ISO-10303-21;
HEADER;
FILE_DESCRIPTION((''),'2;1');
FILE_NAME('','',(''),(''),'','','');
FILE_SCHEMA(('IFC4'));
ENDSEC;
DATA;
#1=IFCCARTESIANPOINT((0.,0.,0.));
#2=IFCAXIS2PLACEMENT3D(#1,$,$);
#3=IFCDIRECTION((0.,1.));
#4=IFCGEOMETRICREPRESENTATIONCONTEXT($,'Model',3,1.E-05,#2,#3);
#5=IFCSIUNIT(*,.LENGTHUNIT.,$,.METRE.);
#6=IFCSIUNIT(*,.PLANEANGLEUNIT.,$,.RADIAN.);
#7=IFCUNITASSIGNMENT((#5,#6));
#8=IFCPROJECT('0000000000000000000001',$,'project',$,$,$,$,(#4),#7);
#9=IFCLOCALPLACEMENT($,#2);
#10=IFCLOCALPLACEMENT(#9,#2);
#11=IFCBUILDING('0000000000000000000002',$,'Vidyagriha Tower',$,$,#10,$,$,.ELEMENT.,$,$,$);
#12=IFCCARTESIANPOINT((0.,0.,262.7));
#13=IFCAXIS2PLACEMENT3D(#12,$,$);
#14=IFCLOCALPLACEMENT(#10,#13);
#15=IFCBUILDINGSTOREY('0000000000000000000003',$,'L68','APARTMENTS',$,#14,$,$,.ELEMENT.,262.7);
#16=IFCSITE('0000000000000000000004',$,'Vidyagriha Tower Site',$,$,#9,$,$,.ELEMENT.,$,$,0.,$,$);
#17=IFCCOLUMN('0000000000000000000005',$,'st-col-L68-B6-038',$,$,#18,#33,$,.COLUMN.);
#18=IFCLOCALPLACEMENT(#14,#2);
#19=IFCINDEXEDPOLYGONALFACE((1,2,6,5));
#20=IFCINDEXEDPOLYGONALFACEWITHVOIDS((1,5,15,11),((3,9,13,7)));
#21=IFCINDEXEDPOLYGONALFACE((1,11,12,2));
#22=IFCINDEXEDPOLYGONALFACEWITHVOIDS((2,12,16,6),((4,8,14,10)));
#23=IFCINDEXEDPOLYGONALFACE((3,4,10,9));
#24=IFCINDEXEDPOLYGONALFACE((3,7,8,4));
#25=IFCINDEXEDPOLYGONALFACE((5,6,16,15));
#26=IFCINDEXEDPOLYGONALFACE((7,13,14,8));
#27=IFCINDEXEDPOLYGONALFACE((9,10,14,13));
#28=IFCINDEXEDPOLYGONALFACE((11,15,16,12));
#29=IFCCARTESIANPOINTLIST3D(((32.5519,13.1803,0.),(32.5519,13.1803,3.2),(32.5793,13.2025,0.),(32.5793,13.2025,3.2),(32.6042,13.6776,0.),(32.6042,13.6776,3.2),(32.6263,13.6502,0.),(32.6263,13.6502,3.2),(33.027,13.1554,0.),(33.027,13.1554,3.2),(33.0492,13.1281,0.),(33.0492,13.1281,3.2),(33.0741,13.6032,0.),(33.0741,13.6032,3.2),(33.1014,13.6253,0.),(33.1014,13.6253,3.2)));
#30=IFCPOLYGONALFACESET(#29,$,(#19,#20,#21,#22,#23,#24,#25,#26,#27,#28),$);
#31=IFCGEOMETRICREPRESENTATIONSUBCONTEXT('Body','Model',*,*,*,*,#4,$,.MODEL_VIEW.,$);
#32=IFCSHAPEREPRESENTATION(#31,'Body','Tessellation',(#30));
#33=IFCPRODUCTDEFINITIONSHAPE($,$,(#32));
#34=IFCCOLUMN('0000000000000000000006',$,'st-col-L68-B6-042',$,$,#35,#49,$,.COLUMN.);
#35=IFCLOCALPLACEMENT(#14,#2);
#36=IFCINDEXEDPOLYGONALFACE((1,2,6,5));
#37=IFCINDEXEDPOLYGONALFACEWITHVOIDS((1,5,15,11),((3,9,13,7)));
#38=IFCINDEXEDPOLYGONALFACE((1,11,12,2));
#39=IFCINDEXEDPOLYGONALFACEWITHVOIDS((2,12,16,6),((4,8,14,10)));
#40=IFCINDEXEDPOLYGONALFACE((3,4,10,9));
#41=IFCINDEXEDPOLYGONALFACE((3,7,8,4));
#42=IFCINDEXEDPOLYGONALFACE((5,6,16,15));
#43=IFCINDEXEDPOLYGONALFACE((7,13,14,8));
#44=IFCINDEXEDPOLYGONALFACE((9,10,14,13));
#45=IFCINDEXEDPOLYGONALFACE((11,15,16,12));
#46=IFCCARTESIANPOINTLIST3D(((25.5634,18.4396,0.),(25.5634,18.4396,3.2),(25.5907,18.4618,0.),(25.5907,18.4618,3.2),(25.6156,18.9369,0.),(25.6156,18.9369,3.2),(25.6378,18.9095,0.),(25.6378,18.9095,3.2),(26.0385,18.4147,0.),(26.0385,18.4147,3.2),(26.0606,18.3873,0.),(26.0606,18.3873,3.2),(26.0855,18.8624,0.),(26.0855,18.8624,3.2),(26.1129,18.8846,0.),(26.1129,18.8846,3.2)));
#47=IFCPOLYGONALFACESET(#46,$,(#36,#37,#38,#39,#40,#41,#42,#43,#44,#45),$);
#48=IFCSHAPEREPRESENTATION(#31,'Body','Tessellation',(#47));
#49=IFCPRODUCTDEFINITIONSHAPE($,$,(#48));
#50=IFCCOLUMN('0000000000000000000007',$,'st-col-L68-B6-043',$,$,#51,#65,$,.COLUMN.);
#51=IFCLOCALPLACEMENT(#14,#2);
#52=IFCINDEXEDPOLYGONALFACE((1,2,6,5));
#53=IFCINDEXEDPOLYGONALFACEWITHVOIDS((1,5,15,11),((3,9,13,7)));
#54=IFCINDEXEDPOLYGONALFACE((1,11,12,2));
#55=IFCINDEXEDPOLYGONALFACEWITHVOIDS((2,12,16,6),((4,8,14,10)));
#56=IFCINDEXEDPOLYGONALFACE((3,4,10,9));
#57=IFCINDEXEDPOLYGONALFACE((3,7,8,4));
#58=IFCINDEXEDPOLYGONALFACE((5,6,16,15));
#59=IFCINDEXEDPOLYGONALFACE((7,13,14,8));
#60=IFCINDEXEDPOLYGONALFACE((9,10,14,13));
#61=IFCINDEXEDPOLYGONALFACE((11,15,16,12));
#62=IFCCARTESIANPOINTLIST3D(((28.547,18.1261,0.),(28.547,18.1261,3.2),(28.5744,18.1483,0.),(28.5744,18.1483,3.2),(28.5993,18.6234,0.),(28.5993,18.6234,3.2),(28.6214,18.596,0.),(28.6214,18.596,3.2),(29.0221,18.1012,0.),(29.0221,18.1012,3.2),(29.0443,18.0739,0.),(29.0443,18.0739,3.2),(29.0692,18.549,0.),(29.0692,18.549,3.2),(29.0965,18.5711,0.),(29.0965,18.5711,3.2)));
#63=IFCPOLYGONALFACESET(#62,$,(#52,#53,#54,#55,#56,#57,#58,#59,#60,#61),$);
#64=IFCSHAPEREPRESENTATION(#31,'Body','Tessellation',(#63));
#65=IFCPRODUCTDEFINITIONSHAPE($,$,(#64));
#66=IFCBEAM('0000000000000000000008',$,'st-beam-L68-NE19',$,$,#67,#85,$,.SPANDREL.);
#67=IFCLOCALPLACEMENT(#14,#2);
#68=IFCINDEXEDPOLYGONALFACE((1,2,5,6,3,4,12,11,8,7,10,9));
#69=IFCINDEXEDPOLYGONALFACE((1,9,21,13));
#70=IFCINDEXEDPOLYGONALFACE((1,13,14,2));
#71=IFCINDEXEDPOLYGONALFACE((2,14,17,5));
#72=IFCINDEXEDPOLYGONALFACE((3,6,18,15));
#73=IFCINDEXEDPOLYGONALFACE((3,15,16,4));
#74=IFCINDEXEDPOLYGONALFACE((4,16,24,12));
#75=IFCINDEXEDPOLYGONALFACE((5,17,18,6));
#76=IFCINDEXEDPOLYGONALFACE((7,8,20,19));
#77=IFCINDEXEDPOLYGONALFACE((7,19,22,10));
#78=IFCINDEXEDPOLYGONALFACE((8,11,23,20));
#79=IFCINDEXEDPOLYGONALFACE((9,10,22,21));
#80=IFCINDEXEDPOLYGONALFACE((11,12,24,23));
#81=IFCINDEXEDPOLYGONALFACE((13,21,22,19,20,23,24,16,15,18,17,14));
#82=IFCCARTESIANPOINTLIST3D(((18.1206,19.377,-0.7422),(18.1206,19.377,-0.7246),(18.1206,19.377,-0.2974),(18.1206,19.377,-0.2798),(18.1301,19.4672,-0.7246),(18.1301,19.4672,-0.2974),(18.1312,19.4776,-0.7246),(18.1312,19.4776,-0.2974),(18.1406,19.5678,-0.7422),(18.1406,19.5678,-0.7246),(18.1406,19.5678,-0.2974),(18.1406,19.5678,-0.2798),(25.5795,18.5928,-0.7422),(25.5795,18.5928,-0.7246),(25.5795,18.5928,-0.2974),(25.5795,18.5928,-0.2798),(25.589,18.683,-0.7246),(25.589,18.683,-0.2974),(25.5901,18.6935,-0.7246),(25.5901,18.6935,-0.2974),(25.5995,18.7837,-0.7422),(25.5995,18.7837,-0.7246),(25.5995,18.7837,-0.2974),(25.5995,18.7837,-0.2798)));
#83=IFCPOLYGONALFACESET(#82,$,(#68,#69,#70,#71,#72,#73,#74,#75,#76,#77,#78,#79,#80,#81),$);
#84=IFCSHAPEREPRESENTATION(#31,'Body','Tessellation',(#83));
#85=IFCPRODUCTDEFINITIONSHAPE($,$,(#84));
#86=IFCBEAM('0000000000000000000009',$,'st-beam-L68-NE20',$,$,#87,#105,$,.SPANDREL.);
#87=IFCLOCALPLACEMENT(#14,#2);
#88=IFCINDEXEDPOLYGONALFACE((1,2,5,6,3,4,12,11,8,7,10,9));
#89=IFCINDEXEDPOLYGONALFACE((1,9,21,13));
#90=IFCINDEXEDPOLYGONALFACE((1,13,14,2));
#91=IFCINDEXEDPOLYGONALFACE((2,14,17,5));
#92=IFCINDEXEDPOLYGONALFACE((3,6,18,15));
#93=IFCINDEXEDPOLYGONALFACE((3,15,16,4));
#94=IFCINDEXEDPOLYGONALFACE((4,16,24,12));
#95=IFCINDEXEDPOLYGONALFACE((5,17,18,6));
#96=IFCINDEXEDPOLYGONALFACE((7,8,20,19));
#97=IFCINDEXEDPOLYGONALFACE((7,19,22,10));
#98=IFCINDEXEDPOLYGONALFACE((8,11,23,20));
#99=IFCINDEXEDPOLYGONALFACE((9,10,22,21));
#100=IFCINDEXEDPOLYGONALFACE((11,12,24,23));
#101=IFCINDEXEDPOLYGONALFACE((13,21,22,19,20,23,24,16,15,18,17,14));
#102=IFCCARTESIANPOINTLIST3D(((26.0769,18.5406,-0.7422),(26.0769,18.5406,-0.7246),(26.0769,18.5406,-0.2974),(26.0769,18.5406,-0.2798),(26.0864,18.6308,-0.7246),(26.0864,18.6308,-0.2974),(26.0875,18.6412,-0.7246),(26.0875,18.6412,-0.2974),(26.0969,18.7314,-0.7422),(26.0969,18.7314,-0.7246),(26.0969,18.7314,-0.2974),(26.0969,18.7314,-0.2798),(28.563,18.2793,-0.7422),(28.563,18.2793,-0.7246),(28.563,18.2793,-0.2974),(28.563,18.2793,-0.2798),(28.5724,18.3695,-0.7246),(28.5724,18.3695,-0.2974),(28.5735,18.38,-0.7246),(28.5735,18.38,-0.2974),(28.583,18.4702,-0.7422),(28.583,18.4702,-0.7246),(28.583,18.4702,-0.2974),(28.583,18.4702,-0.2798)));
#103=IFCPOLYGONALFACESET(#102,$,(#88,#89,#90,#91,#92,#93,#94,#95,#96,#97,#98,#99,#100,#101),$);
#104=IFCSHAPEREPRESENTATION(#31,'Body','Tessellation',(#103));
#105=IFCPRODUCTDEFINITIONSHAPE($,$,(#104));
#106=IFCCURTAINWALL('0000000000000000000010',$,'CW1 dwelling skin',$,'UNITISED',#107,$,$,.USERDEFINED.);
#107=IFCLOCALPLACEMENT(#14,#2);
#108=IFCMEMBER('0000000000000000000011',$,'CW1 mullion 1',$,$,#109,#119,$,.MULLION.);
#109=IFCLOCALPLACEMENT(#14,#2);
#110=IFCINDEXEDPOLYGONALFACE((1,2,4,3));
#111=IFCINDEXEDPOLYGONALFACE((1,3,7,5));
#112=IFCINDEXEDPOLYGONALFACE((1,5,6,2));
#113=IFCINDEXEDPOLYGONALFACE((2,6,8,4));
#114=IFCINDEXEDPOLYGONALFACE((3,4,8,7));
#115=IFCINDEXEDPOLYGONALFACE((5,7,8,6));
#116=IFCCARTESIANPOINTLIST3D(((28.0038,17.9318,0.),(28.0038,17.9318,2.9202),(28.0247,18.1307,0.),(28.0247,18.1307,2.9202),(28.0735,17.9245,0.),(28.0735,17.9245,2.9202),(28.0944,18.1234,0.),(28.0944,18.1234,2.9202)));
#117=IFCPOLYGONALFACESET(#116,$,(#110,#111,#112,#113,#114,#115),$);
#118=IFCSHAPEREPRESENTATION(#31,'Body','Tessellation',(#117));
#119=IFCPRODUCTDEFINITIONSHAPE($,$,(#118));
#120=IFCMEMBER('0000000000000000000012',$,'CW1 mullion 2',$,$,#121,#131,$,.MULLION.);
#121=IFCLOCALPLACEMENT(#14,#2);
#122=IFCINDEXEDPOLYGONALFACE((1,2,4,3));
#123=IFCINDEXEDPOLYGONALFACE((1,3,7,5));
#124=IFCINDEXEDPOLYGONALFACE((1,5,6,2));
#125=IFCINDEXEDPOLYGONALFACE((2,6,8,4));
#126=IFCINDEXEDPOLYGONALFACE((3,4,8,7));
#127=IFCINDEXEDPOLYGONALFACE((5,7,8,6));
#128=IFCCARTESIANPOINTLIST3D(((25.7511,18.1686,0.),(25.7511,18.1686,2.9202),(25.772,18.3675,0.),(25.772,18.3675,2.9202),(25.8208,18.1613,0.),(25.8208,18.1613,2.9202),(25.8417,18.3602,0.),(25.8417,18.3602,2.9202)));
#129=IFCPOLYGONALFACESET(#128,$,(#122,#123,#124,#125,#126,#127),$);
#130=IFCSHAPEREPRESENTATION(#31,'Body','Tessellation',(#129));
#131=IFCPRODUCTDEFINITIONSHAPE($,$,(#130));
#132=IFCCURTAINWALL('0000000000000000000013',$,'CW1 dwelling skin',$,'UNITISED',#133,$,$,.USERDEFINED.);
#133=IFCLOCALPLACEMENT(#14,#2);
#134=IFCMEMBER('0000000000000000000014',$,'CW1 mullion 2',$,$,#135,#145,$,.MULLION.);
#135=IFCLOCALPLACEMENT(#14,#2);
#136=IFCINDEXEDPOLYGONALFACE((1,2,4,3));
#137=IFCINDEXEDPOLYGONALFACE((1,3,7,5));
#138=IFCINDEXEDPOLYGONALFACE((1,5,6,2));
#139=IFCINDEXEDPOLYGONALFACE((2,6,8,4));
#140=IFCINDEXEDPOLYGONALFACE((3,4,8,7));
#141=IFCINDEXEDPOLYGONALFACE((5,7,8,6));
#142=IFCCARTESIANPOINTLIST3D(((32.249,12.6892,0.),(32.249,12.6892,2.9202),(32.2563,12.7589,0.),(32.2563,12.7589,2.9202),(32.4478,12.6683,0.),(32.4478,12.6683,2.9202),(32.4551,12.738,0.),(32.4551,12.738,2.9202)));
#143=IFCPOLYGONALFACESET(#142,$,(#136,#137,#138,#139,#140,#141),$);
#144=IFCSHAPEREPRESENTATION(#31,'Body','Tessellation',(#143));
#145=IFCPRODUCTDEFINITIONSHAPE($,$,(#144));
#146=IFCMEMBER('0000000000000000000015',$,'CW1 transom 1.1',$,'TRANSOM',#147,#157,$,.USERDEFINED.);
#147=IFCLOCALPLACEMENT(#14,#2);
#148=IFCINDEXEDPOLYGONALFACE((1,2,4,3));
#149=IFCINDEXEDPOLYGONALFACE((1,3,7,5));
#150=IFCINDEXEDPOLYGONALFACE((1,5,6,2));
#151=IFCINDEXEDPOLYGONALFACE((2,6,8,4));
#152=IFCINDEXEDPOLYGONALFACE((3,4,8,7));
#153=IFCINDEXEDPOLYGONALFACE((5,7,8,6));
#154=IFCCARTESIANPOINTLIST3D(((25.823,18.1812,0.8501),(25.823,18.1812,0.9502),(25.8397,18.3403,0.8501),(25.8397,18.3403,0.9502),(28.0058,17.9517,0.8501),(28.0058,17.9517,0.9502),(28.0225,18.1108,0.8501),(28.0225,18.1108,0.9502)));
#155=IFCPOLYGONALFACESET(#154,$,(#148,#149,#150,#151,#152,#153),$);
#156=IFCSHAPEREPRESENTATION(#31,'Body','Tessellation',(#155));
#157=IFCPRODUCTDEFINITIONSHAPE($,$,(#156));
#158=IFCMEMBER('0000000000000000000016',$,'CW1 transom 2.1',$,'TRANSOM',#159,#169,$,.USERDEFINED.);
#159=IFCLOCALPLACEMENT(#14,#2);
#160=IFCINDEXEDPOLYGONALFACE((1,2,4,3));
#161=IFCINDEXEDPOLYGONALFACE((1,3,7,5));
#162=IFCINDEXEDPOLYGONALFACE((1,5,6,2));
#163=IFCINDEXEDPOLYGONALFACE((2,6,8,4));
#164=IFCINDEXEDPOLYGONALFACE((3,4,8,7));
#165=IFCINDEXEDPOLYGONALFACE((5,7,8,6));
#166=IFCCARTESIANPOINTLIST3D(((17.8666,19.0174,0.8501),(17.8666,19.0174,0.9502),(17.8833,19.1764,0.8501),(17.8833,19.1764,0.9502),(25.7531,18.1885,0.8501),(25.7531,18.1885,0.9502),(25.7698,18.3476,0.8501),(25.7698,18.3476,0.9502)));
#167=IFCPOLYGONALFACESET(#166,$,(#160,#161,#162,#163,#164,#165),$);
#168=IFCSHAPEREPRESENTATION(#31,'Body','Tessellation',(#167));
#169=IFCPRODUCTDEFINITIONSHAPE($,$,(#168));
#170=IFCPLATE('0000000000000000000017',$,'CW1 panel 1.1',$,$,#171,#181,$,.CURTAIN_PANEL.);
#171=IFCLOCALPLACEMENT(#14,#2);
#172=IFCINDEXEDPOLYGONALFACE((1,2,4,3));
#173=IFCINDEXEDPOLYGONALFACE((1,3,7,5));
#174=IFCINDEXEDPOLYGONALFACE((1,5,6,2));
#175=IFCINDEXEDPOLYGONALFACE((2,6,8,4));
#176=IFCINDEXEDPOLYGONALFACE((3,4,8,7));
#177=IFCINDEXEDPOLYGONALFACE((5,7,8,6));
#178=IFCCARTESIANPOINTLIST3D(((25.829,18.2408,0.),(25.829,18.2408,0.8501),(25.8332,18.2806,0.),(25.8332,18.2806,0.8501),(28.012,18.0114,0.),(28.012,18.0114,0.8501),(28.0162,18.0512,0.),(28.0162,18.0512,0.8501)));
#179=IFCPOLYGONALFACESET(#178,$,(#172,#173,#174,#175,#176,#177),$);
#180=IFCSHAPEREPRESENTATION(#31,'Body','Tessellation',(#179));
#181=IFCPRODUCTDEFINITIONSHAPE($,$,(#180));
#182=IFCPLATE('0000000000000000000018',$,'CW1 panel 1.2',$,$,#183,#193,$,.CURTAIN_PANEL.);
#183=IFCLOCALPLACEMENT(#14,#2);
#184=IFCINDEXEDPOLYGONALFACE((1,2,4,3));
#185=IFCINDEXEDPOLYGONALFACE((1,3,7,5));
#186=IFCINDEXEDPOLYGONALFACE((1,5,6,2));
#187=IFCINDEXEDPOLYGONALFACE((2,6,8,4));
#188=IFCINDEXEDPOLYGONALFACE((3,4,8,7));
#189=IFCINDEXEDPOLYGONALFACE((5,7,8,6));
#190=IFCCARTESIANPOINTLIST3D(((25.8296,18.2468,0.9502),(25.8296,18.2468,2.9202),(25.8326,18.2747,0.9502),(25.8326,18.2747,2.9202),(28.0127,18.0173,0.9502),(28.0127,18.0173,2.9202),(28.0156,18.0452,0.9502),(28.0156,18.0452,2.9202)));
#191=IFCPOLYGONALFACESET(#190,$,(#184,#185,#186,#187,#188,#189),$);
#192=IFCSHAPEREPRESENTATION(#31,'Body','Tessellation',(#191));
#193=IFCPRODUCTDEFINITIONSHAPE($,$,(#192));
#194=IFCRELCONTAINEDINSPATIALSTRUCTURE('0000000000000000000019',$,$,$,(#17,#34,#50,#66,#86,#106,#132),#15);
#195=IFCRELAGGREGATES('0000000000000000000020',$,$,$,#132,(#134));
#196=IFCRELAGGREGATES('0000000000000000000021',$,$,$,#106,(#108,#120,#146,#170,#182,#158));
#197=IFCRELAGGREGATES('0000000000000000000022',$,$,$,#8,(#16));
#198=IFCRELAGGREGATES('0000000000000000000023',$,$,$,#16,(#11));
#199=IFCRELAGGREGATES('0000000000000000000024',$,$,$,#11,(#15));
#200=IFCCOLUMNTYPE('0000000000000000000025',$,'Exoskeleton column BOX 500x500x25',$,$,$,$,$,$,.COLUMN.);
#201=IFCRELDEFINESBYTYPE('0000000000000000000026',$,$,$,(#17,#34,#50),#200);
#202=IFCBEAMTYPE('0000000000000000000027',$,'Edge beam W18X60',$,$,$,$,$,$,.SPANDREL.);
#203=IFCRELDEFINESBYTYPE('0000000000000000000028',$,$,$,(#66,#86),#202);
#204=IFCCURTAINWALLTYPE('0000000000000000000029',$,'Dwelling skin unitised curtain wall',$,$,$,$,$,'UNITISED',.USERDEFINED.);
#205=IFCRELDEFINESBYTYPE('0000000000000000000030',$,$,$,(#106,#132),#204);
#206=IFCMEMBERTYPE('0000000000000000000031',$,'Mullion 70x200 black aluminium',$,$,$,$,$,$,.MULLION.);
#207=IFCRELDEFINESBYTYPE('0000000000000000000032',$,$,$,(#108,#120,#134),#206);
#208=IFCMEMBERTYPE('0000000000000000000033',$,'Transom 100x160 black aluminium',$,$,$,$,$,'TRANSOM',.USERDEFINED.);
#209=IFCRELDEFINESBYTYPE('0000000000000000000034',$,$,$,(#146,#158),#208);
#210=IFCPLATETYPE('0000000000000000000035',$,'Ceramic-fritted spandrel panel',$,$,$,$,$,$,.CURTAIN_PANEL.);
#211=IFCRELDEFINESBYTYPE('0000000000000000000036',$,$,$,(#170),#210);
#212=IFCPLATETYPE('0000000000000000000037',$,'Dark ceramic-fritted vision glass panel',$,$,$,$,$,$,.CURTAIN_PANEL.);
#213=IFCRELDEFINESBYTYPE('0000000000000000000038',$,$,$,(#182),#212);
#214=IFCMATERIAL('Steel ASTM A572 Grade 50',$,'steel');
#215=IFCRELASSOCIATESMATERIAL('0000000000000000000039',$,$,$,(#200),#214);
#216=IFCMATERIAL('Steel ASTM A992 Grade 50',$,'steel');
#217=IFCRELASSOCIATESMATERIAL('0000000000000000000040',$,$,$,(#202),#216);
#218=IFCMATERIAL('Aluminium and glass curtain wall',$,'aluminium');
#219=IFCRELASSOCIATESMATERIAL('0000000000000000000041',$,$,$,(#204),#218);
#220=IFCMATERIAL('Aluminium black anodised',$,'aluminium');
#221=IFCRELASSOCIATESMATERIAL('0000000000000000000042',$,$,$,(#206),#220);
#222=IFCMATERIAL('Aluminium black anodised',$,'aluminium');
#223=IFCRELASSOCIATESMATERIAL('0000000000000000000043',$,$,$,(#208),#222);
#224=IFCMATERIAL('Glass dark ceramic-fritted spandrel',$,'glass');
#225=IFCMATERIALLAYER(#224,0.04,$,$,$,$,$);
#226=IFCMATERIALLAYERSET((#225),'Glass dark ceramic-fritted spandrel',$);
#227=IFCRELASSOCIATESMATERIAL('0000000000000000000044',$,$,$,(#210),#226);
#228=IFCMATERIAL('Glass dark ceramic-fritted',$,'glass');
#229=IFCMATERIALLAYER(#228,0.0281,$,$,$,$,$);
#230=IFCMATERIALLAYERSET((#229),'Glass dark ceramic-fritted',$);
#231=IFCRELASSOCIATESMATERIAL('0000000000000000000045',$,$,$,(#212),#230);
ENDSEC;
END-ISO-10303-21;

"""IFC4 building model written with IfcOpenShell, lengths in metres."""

from ifc_helpers import new_model, si_unit, direction, frame, origin, origin_2d, place, context, subcontext, project, spatial, rectangle, hollow_rectangle, i_section, extrude, material, layer, layer_set, material_profile, profile_set, type_object, element, aggregate, save


model = new_model("IFC4")

# Units and contexts
model_context = context("Model", 3, precision=1e-05, world=origin(), true_north=direction((0.0, 1.0)))
body_context = subcontext(model_context, "Body", "Model", "MODEL_VIEW")
ifc_project = project(units=[si_unit("LENGTHUNIT", "METRE"), si_unit("PLANEANGLEUNIT", "RADIAN")], contexts=[model_context])

# Site, building, storey
site_placement = place(None, origin())
site = spatial("IfcSite", under=ifc_project, at=site_placement, Name="Vidyagriha Tower Site", CompositionType="ELEMENT", RefElevation=0.0)
building_placement = place(site_placement, origin())
building = spatial("IfcBuilding", under=site, at=building_placement, Name="Vidyagriha Tower", CompositionType="ELEMENT")
storey_placement = place(building_placement, frame((0.0, 0.0, 262.7)))
storey = spatial("IfcBuildingStorey", under=building, at=storey_placement, Name="L68", Description="APARTMENTS", CompositionType="ELEMENT", Elevation=262.7)

# Columns
ifc_material_1 = material(Name="Steel ASTM A572 Grade 50", Category="steel")
ifc_material_profile_1 = material_profile(ifc_material_1, hollow_rectangle(XDim=0.5, YDim=0.5, WallThickness=0.0249, at=origin_2d()), Name="BOX 500x500x25")
ifc_profile_set_1 = profile_set([ifc_material_profile_1], Name="Steel ASTM A572 Grade 50")
column_type = type_object("IfcColumnType", Name="Exoskeleton column BOX 500x500x25", PredefinedType="COLUMN", material=ifc_profile_set_1)
for number, where, z_axis, x_axis, name in (
    (1, (32.8267, 13.4028, 0.0), (0.0, 0.0, 1.0), (0.994522, -0.104528, 0.0), "st-col-L68-B6-038"),
    (2, (25.8381, 18.6621, 0.0), (0.0, 0.0, 1.0), (0.994522, -0.104528, 0.0), "st-col-L68-B6-042"),
    (3, (28.8218, 18.3486, 0.0), (0.0, 0.0, 1.0), (0.994522, -0.104528, 0.0), "st-col-L68-B6-043"),
):
    element("IfcColumn", number, at=place(storey_placement, frame(where, z_axis=z_axis, x_axis=x_axis)), inside=storey, type_object=column_type, Name=name, PredefinedType="COLUMN", context=body_context, shape_type="SweptSolid", body=[
        extrude(hollow_rectangle(XDim=0.5, YDim=0.5, WallThickness=0.0249, at=origin_2d()), origin(), (0.0, 0.0, 1.0), 3.2),
    ])

# Beams
ifc_material_2 = material(Name="Steel ASTM A992 Grade 50", Category="steel")
ifc_material_profile_2 = material_profile(ifc_material_2, i_section(OverallWidth=0.1919, OverallDepth=0.4624, WebThickness=0.0105, FlangeThickness=0.0176, at=origin_2d()), Name="W18X60")
ifc_profile_set_2 = profile_set([ifc_material_profile_2], Name="Steel ASTM A992 Grade 50")
beam_type = type_object("IfcBeamType", Name="Edge beam W18X60", PredefinedType="SPANDREL", material=ifc_profile_set_2)
beam_1_placement = place(storey_placement, frame((18.1306, 19.4724, -0.511), z_axis=(0.994519, -0.104556, 0.0), x_axis=(0.104556, 0.994519, 0.0)))
element("IfcBeam", 4, at=beam_1_placement, inside=storey, type_object=beam_type, Name="st-beam-L68-NE19", PredefinedType="SPANDREL", context=body_context, shape_type="SweptSolid", body=[
    extrude(i_section(OverallWidth=0.1919, OverallDepth=0.4624, WebThickness=0.0105, FlangeThickness=0.0176, at=origin_2d()), origin(), (0.0, 0.0, 1.0), 7.5),
])
beam_2_placement = place(storey_placement, frame((26.0869, 18.636, -0.511), z_axis=(0.994525, -0.104502, 0.0), x_axis=(0.104502, 0.994525, 0.0)))
element("IfcBeam", 5, at=beam_2_placement, inside=storey, type_object=beam_type, Name="st-beam-L68-NE20", PredefinedType="SPANDREL", context=body_context, shape_type="SweptSolid", body=[
    extrude(i_section(OverallWidth=0.1919, OverallDepth=0.4624, WebThickness=0.0105, FlangeThickness=0.0176, at=origin_2d()), origin(), (0.0, 0.0, 1.0), 2.4998),
])

# Curtain wall, members
ifc_material_3 = material(Name="Aluminium and glass curtain wall", Category="aluminium")
curtain_wall_type = type_object("IfcCurtainWallType", Name="Dwelling skin unitised curtain wall", ElementType="UNITISED", PredefinedType="USERDEFINED", material=ifc_material_3)
curtain_wall_1_placement = place(storey_placement, origin())
curtain_wall_1 = element("IfcCurtainWall", 6, at=curtain_wall_1_placement, inside=storey, type_object=curtain_wall_type, Name="CW1 dwelling skin", ObjectType="UNITISED", PredefinedType="USERDEFINED")
ifc_material_4 = material(Name="Aluminium black anodised", Category="aluminium")
ifc_material_profile_3 = material_profile(ifc_material_4, rectangle(XDim=0.2, YDim=0.0701, at=origin_2d()), Name="Mullion 70x200 black aluminium")
ifc_profile_set_3 = profile_set([ifc_material_profile_3], Name="Aluminium black anodised")
member_type_1 = type_object("IfcMemberType", Name="Mullion 70x200 black aluminium", PredefinedType="MULLION", material=ifc_profile_set_3)
member_1_placement = place(storey_placement, frame((28.0491, 18.0276, 0.0), z_axis=(0.0, 0.0, 1.0), x_axis=(-0.104529, -0.994522, 0.0)))
member_1 = element("IfcMember", 7, at=member_1_placement, type_object=member_type_1, Name="CW1 mullion 1", PredefinedType="MULLION", context=body_context, shape_type="SweptSolid", body=[
    extrude(rectangle(XDim=0.2, YDim=0.0701, at=origin_2d()), origin(), (0.0, 0.0, 1.0), 2.9202),
])
member_2_placement = place(storey_placement, frame((25.7964, 18.2644, 0.0), z_axis=(0.0, 0.0, 1.0), x_axis=(-0.104529, -0.994522, 0.0)))
member_2 = element("IfcMember", 8, at=member_2_placement, type_object=member_type_1, Name="CW1 mullion 2", PredefinedType="MULLION", context=body_context, shape_type="SweptSolid", body=[
    extrude(rectangle(XDim=0.2, YDim=0.0701, at=origin_2d()), origin(), (0.0, 0.0, 1.0), 2.9202),
])

# Curtain wall, member
curtain_wall_2_placement = place(storey_placement, origin())
curtain_wall_2 = element("IfcCurtainWall", 9, at=curtain_wall_2_placement, inside=storey, type_object=curtain_wall_type, Name="CW1 dwelling skin", ObjectType="UNITISED", PredefinedType="USERDEFINED")
member_3_placement = place(storey_placement, frame((32.3521, 12.7136, 0.0), z_axis=(0.0, 0.0, 1.0), x_axis=(-0.994523, 0.104516, 0.0)))
member_3 = element("IfcMember", 10, at=member_3_placement, type_object=member_type_1, Name="CW1 mullion 2", PredefinedType="MULLION", context=body_context, shape_type="SweptSolid", body=[
    extrude(rectangle(XDim=0.2, YDim=0.0701, at=origin_2d()), origin(), (0.0, 0.0, 1.0), 2.9202),
])
aggregate(curtain_wall_2, [member_3])

# Members
ifc_material_5 = material(Name="Aluminium black anodised", Category="aluminium")
ifc_material_profile_4 = material_profile(ifc_material_5, rectangle(XDim=0.1599, YDim=0.1001, at=origin_2d()), Name="Transom 100x160 black aluminium")
ifc_profile_set_4 = profile_set([ifc_material_profile_4], Name="Aluminium black anodised")
member_type_2 = type_object("IfcMemberType", Name="Transom 100x160 black aluminium", ElementType="TRANSOM", PredefinedType="USERDEFINED", material=ifc_profile_set_4)
member_4_placement = place(storey_placement, frame((28.0142, 18.0312, 0.9001), z_axis=(-0.994519, 0.104557, 0.0), x_axis=(-0.104557, -0.994519, 0.0)))
member_4 = element("IfcMember", 11, at=member_4_placement, type_object=member_type_2, Name="CW1 transom 1.1", ObjectType="TRANSOM", PredefinedType="USERDEFINED", context=body_context, shape_type="SweptSolid", body=[
    extrude(rectangle(XDim=0.1599, YDim=0.1001, at=origin_2d()), origin(), (0.0, 0.0, 1.0), 2.1948),
])
member_5_placement = place(storey_placement, frame((25.7615, 18.2681, 0.9001), z_axis=(-0.994522, 0.104523, 0.0), x_axis=(-0.104523, -0.994522, 0.0)))
member_5 = element("IfcMember", 12, at=member_5_placement, type_object=member_type_2, Name="CW1 transom 2.1", ObjectType="TRANSOM", PredefinedType="USERDEFINED", context=body_context, shape_type="SweptSolid", body=[
    extrude(rectangle(XDim=0.1599, YDim=0.1001, at=origin_2d()), origin(), (0.0, 0.0, 1.0), 7.9299),
])

# Plates
ifc_material_6 = material(Name="Glass dark ceramic-fritted spandrel", Category="glass")
ifc_layer_1 = layer(ifc_material_6, 0.04)
ifc_layer_set_1 = layer_set([ifc_layer_1], Name="Glass dark ceramic-fritted spandrel")
plate_type_1 = type_object("IfcPlateType", Name="Ceramic-fritted spandrel panel", PredefinedType="CURTAIN_PANEL", material=ifc_layer_set_1)
plate_1_placement = place(storey_placement, frame((26.9226, 18.146, 0.0), z_axis=(0.0, 0.0, 1.0), x_axis=(-0.994522, 0.104529, 0.0)))
plate_1 = element("IfcPlate", 13, at=plate_1_placement, type_object=plate_type_1, Name="CW1 panel 1.1", PredefinedType="CURTAIN_PANEL", context=body_context, shape_type="SweptSolid", body=[
    extrude(rectangle(XDim=2.1951, YDim=0.04, at=origin_2d()), origin(), (0.0, 0.0, 1.0), 0.8501),
])
ifc_material_7 = material(Name="Glass dark ceramic-fritted", Category="glass")
ifc_layer_2 = layer(ifc_material_7, 0.0281)
ifc_layer_set_2 = layer_set([ifc_layer_2], Name="Glass dark ceramic-fritted")
plate_type_2 = type_object("IfcPlateType", Name="Dark ceramic-fritted vision glass panel", PredefinedType="CURTAIN_PANEL", material=ifc_layer_set_2)
plate_2_placement = place(storey_placement, frame((26.9226, 18.146, 0.9502), z_axis=(0.0, 0.0, 1.0), x_axis=(-0.994522, 0.104529, 0.0)))
plate_2 = element("IfcPlate", 14, at=plate_2_placement, type_object=plate_type_2, Name="CW1 panel 1.2", PredefinedType="CURTAIN_PANEL", context=body_context, shape_type="SweptSolid", body=[
    extrude(rectangle(XDim=2.1951, YDim=0.0281, at=origin_2d()), origin(), (0.0, 0.0, 1.0), 1.97),
])
aggregate(curtain_wall_1, [member_1, member_2, member_4, plate_1, plate_2, member_5])

save(model, "model.ifc")
